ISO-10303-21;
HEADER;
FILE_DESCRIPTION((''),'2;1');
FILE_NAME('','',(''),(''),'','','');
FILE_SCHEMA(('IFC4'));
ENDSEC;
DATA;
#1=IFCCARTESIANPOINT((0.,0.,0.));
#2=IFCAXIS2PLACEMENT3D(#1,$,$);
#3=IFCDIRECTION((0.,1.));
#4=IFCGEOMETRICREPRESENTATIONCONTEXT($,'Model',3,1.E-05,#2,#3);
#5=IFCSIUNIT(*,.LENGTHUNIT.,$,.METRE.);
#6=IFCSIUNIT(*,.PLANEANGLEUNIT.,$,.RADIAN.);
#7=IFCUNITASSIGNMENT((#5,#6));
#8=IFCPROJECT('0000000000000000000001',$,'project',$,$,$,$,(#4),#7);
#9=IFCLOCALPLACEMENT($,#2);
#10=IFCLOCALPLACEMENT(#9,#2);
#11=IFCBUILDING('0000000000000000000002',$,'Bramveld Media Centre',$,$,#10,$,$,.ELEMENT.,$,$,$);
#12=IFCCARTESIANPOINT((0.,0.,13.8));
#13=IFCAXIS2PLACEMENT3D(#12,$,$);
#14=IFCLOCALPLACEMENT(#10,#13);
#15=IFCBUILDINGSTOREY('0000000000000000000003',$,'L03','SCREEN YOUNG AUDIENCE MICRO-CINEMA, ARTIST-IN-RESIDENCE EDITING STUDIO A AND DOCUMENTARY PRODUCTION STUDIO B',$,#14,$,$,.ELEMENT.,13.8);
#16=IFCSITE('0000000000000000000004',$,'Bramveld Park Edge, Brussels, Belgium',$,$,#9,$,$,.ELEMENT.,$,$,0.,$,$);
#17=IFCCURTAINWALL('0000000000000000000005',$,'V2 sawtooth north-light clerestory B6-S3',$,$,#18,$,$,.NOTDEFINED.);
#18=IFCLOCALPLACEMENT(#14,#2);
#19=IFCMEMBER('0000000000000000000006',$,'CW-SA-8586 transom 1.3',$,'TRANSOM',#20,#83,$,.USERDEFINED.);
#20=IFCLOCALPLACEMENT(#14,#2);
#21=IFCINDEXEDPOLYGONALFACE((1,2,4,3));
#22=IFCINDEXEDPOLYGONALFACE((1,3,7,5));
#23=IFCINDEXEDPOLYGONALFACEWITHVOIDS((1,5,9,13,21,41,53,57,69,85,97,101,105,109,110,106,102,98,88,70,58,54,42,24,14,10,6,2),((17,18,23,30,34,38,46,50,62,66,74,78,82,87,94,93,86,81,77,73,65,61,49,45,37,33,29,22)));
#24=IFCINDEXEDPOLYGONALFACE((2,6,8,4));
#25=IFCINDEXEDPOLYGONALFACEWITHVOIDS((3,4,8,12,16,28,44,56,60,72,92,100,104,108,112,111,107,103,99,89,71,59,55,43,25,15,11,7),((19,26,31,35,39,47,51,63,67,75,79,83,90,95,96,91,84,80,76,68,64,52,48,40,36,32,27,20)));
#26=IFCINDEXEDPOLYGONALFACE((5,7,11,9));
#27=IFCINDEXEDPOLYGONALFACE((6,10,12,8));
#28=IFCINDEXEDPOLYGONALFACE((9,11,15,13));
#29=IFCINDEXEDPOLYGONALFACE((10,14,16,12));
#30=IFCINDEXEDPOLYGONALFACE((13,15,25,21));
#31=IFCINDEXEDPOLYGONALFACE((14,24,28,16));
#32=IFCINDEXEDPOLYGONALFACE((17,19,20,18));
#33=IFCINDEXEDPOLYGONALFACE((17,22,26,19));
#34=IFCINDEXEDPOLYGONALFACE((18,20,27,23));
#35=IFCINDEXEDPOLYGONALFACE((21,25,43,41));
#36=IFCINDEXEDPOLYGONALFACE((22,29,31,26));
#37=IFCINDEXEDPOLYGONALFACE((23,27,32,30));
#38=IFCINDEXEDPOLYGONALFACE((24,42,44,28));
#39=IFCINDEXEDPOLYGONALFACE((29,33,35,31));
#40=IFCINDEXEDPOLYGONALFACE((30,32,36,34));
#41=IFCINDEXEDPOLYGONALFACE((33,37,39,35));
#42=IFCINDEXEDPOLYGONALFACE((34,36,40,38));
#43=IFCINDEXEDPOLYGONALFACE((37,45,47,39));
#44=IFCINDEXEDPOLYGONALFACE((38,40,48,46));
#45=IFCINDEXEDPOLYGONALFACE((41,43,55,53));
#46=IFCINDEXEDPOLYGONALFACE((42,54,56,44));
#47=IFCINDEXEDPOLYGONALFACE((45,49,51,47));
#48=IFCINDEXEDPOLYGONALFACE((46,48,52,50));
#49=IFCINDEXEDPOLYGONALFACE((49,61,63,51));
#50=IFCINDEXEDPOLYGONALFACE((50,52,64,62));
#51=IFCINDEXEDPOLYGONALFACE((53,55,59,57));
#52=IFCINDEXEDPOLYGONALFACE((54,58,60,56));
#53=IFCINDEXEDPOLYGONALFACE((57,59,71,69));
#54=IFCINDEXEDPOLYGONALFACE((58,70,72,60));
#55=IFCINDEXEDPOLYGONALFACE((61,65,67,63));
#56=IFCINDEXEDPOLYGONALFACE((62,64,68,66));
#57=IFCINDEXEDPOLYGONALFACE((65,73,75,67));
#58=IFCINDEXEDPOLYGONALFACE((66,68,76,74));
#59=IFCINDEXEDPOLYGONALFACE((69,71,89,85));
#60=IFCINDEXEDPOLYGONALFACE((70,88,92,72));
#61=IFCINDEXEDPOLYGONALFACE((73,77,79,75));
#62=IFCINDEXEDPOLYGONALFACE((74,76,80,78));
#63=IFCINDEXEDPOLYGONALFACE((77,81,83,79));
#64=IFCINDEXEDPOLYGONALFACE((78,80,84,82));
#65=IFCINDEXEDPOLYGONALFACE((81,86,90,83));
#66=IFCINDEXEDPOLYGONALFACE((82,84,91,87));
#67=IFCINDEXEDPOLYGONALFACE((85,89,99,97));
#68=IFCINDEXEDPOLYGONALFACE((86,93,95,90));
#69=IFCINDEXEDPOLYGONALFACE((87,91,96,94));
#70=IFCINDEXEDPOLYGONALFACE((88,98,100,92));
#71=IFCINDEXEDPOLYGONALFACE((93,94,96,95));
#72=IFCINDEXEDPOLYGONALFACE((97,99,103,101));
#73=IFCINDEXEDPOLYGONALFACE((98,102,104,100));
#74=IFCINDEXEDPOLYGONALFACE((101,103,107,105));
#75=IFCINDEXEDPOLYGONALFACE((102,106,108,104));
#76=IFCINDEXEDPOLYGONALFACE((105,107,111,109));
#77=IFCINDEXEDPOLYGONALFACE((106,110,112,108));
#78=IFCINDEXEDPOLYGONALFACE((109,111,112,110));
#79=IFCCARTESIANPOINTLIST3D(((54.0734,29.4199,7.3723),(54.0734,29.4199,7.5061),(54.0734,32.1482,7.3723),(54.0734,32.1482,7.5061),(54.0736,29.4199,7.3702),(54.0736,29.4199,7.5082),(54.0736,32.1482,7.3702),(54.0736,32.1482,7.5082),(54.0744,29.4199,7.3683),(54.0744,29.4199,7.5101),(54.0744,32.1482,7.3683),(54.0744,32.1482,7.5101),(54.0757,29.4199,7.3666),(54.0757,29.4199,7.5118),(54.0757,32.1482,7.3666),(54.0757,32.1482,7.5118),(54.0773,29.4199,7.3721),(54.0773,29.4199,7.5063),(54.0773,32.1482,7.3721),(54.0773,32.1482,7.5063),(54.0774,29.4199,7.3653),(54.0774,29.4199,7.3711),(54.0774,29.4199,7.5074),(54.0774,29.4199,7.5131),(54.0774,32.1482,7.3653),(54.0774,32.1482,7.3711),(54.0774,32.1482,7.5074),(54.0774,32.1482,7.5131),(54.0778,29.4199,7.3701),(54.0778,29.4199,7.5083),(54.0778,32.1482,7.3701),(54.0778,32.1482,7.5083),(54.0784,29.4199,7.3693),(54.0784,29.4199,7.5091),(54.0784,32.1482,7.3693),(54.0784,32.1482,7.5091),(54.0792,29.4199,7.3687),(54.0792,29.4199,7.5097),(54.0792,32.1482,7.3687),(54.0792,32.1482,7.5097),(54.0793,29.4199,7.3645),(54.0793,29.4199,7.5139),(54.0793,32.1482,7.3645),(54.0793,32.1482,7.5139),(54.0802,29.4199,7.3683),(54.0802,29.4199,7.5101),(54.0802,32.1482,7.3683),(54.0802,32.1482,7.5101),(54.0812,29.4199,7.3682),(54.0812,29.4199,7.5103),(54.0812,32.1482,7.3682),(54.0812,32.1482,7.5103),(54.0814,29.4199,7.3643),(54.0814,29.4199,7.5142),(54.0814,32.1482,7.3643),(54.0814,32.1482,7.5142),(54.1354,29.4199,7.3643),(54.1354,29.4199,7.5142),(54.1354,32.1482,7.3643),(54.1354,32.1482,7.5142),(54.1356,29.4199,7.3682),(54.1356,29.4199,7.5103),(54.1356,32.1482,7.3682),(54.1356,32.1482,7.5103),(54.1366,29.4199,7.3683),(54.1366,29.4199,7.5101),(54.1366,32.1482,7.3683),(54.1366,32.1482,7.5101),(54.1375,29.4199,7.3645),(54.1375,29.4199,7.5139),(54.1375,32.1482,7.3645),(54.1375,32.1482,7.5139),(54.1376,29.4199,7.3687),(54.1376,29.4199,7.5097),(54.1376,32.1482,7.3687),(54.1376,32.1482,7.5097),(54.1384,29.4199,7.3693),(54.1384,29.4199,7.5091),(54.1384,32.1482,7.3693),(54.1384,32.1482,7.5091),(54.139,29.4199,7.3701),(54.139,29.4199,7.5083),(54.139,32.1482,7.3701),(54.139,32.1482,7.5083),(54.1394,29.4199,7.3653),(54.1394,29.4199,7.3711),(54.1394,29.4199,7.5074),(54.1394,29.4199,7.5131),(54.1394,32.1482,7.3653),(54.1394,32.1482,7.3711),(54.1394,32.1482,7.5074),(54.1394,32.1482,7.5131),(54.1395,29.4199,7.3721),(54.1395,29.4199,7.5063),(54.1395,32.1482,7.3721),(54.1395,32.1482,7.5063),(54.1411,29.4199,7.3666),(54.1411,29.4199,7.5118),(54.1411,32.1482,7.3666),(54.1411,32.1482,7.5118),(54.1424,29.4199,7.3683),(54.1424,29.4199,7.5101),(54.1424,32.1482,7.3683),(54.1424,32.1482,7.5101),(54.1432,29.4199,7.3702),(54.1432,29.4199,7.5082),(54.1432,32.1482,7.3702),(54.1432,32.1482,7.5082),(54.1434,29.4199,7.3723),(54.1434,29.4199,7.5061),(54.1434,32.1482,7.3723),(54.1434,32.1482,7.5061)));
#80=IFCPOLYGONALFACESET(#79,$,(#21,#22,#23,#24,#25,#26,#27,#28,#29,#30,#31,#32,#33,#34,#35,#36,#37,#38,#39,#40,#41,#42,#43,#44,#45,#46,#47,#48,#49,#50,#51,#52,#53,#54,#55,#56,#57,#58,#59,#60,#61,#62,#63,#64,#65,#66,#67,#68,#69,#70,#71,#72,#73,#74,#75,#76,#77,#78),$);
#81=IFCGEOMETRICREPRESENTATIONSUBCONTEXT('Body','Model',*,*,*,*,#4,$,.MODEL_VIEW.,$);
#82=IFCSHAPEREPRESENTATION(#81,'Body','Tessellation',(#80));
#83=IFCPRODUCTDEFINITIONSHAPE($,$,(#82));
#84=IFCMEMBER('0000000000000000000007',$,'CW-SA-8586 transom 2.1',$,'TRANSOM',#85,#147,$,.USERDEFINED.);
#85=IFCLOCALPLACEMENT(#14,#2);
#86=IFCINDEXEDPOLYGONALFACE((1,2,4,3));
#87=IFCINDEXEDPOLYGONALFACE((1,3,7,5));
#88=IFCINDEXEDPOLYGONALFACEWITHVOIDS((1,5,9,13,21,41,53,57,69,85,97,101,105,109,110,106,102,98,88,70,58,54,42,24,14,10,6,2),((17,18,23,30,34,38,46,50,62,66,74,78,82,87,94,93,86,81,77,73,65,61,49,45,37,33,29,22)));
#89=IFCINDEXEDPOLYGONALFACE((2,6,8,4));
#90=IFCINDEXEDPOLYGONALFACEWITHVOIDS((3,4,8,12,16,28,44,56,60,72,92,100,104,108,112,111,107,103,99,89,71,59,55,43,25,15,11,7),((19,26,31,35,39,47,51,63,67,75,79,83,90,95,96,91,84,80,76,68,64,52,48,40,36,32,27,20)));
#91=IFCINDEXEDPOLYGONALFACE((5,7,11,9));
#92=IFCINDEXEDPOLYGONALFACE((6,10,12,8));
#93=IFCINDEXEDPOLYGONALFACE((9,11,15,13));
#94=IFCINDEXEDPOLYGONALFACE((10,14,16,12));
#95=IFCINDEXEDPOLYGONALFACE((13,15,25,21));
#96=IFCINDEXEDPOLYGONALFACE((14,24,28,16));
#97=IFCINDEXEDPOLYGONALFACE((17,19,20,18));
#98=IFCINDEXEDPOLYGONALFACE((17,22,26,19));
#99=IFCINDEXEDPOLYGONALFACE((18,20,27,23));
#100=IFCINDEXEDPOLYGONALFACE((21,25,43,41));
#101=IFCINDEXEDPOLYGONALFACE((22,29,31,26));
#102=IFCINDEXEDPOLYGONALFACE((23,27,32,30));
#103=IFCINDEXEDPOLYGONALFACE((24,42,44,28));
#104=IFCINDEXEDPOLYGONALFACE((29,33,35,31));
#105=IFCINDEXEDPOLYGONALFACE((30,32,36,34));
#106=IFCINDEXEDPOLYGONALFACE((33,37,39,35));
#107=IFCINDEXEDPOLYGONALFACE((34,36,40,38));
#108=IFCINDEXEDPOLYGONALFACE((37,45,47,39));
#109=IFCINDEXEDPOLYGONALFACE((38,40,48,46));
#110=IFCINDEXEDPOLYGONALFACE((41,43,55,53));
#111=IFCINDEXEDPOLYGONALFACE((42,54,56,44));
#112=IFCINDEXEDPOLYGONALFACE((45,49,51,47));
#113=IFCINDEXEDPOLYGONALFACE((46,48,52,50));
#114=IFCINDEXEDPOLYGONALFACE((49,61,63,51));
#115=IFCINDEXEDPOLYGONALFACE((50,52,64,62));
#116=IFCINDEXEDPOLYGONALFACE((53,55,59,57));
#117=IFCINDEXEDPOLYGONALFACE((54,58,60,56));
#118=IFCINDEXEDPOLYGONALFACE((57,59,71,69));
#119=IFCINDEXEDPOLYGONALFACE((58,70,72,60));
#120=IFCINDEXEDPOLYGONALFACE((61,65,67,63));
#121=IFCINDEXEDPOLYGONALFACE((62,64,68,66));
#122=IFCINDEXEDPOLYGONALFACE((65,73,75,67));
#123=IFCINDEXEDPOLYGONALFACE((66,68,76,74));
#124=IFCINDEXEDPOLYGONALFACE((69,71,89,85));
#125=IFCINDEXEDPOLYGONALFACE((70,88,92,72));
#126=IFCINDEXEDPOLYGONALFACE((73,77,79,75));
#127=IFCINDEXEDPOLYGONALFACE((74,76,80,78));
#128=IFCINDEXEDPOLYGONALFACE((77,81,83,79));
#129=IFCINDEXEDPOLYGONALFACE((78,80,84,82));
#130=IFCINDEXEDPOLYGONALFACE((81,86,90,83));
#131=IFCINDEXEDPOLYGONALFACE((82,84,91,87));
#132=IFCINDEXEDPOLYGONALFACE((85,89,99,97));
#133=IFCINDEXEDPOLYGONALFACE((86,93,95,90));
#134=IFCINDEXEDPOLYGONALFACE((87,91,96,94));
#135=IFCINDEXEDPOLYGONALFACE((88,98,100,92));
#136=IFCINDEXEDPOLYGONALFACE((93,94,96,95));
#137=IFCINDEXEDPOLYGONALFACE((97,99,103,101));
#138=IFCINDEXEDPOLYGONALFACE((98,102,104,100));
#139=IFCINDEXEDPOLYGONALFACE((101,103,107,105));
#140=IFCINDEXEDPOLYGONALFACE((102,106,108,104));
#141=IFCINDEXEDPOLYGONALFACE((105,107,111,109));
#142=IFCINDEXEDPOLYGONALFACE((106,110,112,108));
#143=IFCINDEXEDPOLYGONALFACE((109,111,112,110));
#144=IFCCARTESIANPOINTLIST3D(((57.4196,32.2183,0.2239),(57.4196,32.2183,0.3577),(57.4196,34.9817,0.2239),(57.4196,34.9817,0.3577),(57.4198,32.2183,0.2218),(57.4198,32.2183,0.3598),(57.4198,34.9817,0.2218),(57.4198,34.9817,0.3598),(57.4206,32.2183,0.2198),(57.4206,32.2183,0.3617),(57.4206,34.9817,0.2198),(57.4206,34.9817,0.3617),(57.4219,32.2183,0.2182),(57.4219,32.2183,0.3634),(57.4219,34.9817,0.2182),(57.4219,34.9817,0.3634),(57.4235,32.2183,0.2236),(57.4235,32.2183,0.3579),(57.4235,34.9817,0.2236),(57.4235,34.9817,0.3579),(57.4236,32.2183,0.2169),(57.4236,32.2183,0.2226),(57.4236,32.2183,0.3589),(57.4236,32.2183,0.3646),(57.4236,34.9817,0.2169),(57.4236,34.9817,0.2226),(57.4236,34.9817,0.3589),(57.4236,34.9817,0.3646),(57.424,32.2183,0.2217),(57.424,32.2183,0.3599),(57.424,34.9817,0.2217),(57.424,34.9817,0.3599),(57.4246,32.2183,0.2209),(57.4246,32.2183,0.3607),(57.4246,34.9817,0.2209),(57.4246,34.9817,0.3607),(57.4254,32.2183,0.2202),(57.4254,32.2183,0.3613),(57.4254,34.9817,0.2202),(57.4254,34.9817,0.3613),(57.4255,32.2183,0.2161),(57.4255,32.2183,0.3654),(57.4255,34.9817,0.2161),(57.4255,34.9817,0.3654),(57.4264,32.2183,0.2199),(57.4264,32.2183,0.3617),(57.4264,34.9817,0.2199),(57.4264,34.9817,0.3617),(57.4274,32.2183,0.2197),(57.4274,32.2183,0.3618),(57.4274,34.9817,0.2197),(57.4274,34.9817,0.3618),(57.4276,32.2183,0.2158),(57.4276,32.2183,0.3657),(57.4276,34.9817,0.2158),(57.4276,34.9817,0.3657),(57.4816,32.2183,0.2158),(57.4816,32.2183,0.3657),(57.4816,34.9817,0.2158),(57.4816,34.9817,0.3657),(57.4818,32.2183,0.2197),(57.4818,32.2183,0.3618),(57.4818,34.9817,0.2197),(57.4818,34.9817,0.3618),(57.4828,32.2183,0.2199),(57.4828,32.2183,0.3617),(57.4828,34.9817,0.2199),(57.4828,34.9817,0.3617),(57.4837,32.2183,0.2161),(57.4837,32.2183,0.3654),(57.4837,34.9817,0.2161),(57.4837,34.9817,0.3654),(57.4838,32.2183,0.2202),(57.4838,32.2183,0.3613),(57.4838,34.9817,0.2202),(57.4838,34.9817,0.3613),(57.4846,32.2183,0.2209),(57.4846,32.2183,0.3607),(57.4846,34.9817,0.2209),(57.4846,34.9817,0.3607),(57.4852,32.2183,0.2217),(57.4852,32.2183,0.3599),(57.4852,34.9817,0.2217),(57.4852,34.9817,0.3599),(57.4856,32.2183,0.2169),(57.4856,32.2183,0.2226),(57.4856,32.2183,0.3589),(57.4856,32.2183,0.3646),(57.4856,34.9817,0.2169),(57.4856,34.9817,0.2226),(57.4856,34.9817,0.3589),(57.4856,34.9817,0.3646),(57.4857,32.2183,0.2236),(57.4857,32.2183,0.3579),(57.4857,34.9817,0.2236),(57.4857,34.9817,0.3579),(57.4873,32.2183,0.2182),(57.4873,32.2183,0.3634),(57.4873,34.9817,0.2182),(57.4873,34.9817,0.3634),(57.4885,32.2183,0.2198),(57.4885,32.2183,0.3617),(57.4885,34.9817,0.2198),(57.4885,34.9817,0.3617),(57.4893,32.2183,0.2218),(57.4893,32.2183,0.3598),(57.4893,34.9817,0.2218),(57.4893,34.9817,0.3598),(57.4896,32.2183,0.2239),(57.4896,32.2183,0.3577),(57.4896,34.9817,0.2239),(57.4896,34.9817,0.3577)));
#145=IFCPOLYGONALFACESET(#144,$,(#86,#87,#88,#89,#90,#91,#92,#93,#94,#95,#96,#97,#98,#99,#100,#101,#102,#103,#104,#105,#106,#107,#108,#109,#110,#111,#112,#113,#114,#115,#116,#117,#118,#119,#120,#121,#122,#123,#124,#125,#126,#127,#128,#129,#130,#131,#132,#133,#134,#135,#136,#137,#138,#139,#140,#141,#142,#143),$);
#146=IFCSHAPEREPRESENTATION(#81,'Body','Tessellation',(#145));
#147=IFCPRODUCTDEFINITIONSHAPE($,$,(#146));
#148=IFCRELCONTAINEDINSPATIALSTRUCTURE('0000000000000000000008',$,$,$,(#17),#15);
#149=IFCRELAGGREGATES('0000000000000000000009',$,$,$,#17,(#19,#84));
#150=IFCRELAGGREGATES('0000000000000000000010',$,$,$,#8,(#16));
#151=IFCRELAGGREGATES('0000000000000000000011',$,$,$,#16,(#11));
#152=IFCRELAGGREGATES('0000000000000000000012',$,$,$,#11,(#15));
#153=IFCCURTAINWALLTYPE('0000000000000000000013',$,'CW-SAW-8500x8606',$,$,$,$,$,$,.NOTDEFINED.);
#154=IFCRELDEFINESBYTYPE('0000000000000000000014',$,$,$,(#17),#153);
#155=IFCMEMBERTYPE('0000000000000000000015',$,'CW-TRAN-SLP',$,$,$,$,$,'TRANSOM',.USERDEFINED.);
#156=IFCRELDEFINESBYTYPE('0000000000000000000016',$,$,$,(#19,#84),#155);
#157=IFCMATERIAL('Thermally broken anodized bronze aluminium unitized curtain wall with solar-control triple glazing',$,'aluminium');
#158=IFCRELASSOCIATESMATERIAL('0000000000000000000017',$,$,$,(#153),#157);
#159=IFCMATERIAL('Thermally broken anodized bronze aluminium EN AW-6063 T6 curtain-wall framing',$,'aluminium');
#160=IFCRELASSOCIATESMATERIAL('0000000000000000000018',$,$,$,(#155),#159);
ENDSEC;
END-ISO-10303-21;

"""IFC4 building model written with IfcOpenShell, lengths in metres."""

from ifc_helpers import new_model, si_unit, direction, frame, origin, origin_2d, place, context, subcontext, project, spatial, hollow_rectangle, extrude, material, material_profile, profile_set, type_object, element, aggregate, save


model = new_model("IFC4")

# Units and contexts
model_context = context("Model", 3, precision=1e-05, world=origin(), true_north=direction((0.0, 1.0)))
body_context = subcontext(model_context, "Body", "Model", "MODEL_VIEW")
ifc_project = project(units=[si_unit("LENGTHUNIT", "METRE"), si_unit("PLANEANGLEUNIT", "RADIAN")], contexts=[model_context])

# Site, building, storey
site_placement = place(None, origin())
site = spatial("IfcSite", under=ifc_project, at=site_placement, Name="Bramveld Park Edge, Brussels, Belgium", CompositionType="ELEMENT", RefElevation=0.0)
building_placement = place(site_placement, origin())
building = spatial("IfcBuilding", under=site, at=building_placement, Name="Bramveld Media Centre", CompositionType="ELEMENT")
storey_placement = place(building_placement, frame((0.0, 0.0, 13.8)))
storey = spatial("IfcBuildingStorey", under=building, at=storey_placement, Name="L03", Description="SCREEN YOUNG AUDIENCE MICRO-CINEMA, ARTIST-IN-RESIDENCE EDITING STUDIO A AND DOCUMENTARY PRODUCTION STUDIO B", CompositionType="ELEMENT", Elevation=13.8)

# Curtain wall, members
ifc_material_1 = material(Name="Thermally broken anodized bronze aluminium unitized curtain wall with solar-control triple glazing", Category="aluminium")
curtain_wall_type = type_object("IfcCurtainWallType", Name="CW-SAW-8500x8606", PredefinedType="NOTDEFINED", material=ifc_material_1)
curtain_wall_placement = place(storey_placement, origin())
curtain_wall = element("IfcCurtainWall", 1, at=curtain_wall_placement, inside=storey, type_object=curtain_wall_type, Name="V2 sawtooth north-light clerestory B6-S3", PredefinedType="NOTDEFINED")
ifc_material_2 = material(Name="Thermally broken anodized bronze aluminium EN AW-6063 T6 curtain-wall framing", Category="aluminium")
ifc_material_profile_1 = material_profile(ifc_material_2, hollow_rectangle(XDim=0.0701, YDim=0.1499, WallThickness=0.0039, InnerFilletRadius=0.0039, OuterFilletRadius=0.0081, at=origin_2d()), Name="AL-TRAN 70x150")
ifc_profile_set_1 = profile_set([ifc_material_profile_1], Name="Thermally broken anodized bronze aluminium EN AW-6063 T6 curtain-wall framing")
member_type_1 = type_object("IfcMemberType", Name="CW-TRAN-SLP", ElementType="TRANSOM", PredefinedType="USERDEFINED", material=ifc_profile_set_1)
member_1_placement = place(storey_placement, frame((54.1084, 29.4199, 7.4392), z_axis=(0.0, 1.0, 0.0), x_axis=(-1.0, 0.0, 0.0)))
member_1 = element("IfcMember", 2, at=member_1_placement, type_object=member_type_1, Name="CW-SA-8586 transom 1.3", ObjectType="TRANSOM", PredefinedType="USERDEFINED", context=body_context, shape_type="SweptSolid", body=[
    extrude(hollow_rectangle(XDim=0.0701, YDim=0.1499, WallThickness=0.0039, InnerFilletRadius=0.0039, OuterFilletRadius=0.0081, at=origin_2d()), origin(), (0.0, 0.0, 1.0), 2.7283),
])
member_2_placement = place(storey_placement, frame((57.4546, 32.2183, 0.2908), z_axis=(0.0, 1.0, 0.0), x_axis=(-1.0, 0.0, 0.0)))
member_2 = element("IfcMember", 3, at=member_2_placement, type_object=member_type_1, Name="CW-SA-8586 transom 2.1", ObjectType="TRANSOM", PredefinedType="USERDEFINED", context=body_context, shape_type="SweptSolid", body=[
    extrude(hollow_rectangle(XDim=0.0701, YDim=0.1499, WallThickness=0.0039, InnerFilletRadius=0.0039, OuterFilletRadius=0.0081, at=origin_2d()), origin(), (0.0, 0.0, 1.0), 2.7634),
])

aggregate(curtain_wall, [member_1, member_2])

save(model, "model.ifc")
